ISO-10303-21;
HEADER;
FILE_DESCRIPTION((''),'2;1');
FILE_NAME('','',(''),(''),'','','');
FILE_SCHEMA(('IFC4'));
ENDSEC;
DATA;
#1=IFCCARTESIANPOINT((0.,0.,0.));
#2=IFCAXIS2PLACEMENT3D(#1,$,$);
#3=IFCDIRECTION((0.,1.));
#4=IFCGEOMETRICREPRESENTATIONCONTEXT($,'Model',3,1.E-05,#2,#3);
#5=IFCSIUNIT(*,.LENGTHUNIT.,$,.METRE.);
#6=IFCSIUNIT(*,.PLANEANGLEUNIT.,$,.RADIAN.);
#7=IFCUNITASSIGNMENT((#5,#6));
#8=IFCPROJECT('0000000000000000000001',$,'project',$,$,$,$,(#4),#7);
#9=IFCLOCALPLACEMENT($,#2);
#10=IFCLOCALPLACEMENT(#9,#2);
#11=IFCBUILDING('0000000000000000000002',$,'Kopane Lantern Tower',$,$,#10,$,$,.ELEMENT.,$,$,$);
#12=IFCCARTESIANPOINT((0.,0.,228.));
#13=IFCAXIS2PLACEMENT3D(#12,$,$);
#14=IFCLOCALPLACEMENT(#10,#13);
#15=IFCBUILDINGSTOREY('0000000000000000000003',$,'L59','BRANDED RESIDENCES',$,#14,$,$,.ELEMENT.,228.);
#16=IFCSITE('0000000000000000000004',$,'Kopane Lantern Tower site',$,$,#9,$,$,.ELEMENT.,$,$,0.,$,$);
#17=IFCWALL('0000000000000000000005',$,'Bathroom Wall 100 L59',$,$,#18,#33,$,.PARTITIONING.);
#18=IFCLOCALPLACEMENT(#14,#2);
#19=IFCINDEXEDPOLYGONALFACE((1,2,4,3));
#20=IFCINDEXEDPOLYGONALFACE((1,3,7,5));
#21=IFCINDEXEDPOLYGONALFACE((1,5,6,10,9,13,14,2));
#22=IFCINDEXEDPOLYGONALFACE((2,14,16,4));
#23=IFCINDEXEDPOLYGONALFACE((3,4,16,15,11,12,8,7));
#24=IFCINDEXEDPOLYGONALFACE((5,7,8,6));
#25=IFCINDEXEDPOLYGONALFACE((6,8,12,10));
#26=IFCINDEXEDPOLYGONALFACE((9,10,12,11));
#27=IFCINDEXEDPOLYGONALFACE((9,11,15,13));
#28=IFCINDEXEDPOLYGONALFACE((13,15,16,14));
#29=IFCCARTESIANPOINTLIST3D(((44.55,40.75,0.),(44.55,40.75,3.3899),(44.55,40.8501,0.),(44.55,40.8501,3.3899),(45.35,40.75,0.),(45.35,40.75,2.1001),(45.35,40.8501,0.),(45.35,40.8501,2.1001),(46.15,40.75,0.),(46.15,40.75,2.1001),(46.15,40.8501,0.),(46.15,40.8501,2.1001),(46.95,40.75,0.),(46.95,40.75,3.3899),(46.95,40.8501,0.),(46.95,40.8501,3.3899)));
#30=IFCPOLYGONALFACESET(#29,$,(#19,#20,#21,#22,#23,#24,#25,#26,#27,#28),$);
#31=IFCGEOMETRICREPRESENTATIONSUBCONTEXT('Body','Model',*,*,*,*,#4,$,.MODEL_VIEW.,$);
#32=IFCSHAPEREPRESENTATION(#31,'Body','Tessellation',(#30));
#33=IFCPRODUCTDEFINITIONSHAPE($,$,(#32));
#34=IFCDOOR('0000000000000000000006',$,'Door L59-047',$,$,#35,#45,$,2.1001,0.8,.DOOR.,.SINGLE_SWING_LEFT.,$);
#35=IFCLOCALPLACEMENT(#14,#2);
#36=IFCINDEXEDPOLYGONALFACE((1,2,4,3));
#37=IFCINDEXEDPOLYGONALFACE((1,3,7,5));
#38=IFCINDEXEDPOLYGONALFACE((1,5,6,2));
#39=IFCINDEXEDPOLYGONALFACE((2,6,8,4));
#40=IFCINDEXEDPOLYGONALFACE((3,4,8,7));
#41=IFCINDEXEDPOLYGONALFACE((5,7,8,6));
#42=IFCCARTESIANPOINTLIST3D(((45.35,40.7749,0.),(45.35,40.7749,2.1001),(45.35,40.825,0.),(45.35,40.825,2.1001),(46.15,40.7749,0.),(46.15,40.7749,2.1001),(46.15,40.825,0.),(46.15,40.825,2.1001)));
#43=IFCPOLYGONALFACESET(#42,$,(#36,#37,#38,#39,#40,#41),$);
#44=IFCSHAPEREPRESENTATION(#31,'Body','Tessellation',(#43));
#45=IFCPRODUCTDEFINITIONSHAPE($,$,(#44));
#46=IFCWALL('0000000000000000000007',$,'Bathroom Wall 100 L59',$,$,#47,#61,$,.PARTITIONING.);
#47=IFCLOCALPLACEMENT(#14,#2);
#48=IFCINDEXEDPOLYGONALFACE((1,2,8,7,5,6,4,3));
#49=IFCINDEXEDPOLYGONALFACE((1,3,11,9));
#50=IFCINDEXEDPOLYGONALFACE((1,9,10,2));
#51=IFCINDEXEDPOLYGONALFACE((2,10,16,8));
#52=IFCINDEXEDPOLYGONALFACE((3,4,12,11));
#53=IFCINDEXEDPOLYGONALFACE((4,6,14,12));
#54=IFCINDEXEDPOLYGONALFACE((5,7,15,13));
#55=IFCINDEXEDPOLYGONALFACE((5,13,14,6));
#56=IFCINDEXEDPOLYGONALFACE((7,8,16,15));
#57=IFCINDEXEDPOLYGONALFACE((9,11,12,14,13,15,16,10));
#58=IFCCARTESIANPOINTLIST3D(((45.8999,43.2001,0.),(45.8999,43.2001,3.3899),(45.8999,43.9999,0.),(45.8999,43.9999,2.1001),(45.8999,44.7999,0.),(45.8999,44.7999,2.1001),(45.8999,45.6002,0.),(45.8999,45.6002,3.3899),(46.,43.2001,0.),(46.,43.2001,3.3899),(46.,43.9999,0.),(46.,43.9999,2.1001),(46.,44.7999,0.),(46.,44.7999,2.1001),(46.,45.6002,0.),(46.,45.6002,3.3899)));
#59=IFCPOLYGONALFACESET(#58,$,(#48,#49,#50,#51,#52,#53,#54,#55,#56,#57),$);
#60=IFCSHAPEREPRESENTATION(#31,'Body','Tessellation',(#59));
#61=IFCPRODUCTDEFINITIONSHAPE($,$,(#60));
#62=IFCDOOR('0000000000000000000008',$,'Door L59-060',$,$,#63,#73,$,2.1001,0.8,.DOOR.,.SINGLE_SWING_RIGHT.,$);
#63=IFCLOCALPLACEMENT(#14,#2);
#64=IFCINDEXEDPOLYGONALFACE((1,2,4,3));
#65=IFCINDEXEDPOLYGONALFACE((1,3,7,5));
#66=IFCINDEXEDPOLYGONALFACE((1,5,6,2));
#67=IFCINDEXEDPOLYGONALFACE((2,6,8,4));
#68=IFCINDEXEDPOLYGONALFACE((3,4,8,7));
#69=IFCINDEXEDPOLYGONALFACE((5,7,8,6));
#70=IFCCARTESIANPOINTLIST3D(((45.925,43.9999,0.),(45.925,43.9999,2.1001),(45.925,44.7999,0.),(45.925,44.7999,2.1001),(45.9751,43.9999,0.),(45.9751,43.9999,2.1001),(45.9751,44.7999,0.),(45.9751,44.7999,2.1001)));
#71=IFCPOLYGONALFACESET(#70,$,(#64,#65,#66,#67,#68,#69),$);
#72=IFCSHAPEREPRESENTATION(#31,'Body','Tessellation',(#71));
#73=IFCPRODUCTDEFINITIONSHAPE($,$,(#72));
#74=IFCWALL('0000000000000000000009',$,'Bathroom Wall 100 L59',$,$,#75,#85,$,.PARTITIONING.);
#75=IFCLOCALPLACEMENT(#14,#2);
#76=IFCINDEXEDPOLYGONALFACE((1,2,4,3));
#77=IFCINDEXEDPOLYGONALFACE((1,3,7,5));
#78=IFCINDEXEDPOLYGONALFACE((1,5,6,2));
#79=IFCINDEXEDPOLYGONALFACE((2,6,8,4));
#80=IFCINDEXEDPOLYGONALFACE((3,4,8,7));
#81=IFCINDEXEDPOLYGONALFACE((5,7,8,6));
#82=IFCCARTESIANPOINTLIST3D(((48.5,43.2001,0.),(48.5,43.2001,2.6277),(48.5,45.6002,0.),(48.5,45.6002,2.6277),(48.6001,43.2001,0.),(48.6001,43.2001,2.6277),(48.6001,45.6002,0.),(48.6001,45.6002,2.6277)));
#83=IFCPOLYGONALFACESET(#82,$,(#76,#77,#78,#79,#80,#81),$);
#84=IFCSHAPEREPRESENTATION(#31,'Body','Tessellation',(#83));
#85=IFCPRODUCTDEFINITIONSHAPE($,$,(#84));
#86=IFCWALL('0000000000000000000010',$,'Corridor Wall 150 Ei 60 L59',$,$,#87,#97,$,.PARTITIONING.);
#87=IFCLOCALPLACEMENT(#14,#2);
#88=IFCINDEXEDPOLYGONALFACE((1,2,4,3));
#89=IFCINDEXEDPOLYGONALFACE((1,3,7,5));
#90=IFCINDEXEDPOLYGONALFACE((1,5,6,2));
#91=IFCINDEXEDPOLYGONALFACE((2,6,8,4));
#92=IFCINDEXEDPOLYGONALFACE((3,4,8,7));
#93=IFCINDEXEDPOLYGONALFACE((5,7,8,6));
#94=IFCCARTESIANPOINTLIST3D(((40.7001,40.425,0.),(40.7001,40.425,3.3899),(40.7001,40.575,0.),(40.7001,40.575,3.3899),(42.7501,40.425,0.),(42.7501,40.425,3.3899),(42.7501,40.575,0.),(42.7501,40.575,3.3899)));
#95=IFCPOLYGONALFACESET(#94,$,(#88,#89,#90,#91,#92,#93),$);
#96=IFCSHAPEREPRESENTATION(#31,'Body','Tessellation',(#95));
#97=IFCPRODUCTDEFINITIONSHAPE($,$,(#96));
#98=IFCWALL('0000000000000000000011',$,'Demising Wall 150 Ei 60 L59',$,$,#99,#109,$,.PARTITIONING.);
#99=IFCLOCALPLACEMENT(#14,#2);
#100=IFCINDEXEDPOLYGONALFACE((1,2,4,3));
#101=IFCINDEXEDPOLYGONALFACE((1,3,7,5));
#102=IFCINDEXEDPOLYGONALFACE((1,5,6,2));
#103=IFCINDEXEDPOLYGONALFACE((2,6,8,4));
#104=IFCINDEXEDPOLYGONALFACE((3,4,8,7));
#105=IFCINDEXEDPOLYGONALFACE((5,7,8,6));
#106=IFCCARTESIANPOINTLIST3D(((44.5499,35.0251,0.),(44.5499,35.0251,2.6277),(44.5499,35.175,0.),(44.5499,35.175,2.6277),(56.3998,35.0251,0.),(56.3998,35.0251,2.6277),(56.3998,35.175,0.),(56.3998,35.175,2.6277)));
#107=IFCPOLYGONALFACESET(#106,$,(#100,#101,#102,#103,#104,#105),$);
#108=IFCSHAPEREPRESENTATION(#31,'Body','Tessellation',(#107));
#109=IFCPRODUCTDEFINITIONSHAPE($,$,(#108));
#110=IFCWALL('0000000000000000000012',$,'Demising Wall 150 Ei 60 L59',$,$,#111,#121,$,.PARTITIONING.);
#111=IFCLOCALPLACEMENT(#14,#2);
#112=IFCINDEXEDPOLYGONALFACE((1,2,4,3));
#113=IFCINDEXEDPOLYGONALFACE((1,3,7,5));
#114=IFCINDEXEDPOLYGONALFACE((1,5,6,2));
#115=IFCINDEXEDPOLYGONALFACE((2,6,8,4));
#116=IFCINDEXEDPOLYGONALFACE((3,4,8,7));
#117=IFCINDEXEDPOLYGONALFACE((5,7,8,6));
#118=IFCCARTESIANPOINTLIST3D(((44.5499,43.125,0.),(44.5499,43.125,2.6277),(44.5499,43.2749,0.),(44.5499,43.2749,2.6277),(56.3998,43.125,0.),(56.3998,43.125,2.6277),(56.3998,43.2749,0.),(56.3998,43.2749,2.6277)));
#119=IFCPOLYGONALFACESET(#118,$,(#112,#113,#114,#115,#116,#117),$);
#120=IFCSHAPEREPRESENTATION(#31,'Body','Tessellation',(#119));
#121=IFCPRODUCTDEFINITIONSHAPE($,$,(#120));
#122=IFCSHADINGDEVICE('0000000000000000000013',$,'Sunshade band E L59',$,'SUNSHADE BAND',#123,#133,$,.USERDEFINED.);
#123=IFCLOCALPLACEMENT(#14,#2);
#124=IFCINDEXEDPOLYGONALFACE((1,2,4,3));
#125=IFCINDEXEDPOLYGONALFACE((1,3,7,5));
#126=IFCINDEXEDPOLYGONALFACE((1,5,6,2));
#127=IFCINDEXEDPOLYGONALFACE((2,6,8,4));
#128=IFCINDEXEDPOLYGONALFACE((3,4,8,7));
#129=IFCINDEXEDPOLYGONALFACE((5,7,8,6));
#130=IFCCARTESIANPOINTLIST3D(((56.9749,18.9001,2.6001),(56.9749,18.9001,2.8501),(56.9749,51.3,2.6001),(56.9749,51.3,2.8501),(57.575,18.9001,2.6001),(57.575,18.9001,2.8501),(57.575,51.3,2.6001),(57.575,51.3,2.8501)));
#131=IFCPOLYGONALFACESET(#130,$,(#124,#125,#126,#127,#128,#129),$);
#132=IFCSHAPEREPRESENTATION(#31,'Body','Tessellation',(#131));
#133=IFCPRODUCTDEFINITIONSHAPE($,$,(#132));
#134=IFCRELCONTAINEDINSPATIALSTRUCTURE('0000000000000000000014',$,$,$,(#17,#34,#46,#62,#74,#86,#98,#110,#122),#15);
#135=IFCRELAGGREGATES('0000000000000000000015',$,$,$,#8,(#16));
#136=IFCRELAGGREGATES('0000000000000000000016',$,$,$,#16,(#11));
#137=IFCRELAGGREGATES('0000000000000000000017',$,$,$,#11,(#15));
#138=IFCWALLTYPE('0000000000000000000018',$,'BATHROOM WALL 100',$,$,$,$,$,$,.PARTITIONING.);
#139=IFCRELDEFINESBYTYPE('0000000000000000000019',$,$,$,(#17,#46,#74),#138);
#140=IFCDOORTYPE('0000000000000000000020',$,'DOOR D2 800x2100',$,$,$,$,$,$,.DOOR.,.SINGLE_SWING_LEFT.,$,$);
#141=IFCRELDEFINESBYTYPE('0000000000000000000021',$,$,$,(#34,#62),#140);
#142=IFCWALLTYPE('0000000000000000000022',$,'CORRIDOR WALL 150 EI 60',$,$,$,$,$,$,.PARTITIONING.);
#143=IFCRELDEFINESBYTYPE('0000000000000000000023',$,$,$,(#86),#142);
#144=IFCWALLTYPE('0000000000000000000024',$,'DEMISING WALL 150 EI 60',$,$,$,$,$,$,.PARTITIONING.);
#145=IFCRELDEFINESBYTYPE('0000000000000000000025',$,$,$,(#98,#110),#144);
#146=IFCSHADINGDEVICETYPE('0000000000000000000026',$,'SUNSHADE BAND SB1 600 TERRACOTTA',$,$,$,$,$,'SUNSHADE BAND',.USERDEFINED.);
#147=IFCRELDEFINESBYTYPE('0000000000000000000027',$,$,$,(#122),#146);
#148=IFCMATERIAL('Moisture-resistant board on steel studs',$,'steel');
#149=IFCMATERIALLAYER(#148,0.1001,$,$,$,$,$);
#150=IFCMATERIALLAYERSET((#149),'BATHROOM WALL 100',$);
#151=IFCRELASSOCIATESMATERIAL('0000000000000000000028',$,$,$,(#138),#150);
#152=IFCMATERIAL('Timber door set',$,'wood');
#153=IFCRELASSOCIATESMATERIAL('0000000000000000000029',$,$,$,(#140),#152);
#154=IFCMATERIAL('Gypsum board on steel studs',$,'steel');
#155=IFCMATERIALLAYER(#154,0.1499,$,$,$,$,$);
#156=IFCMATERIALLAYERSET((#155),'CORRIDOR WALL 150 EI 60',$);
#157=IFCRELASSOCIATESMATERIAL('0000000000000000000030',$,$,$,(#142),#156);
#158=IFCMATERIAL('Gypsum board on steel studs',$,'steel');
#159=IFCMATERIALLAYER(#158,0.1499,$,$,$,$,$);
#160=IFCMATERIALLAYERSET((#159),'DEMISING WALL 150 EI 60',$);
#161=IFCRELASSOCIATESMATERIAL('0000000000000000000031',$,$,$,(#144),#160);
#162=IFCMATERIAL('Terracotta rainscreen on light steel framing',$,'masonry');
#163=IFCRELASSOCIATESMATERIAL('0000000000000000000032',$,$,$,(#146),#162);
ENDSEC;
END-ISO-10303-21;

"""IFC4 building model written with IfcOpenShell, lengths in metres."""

from ifc_helpers import new_model, si_unit, direction, frame, frame_2d, origin, origin_2d, place, context, subcontext, project, spatial, rectangle, extrude, material, layer, layer_set, type_object, element, fill, save


model = new_model("IFC4")

# Units and contexts
model_context = context("Model", 3, precision=1e-05, world=origin(), true_north=direction((0.0, 1.0)))
body_context = subcontext(model_context, "Body", "Model", "MODEL_VIEW")
ifc_project = project(units=[si_unit("LENGTHUNIT", "METRE"), si_unit("PLANEANGLEUNIT", "RADIAN")], contexts=[model_context])

# Site, building, storey
site_placement = place(None, origin())
site = spatial("IfcSite", under=ifc_project, at=site_placement, Name="Kopane Lantern Tower site", CompositionType="ELEMENT", RefElevation=0.0)
building_placement = place(site_placement, origin())
building = spatial("IfcBuilding", under=site, at=building_placement, Name="Kopane Lantern Tower", CompositionType="ELEMENT")
storey_placement = place(building_placement, frame((0.0, 0.0, 228.0)))
storey = spatial("IfcBuildingStorey", under=building, at=storey_placement, Name="L59", Description="BRANDED RESIDENCES", CompositionType="ELEMENT", Elevation=228.0)

# Walls, openings, doors
ifc_material_1 = material(Name="Moisture-resistant board on steel studs", Category="steel")
ifc_layer_1 = layer(ifc_material_1, 0.1001)
ifc_layer_set_1 = layer_set([ifc_layer_1], Name="BATHROOM WALL 100")
wall_type_1 = type_object("IfcWallType", Name="BATHROOM WALL 100", PredefinedType="PARTITIONING", material=ifc_layer_set_1)
ifc_material_2 = material(Name="Timber door set", Category="wood")
door_type_1 = type_object("IfcDoorType", Name="DOOR D2 800x2100", OperationType="SINGLE_SWING_LEFT", PredefinedType="DOOR", material=ifc_material_2)
wall_1_placement = place(storey_placement, frame((44.55, 40.8, 0.0), z_axis=(0.0, 0.0, 1.0), x_axis=(1.0, 0.0, 0.0)))
wall_1 = element("IfcWall", 1, at=wall_1_placement, inside=storey, type_object=wall_type_1, Name="Bathroom Wall 100 L59", PredefinedType="PARTITIONING", context=body_context, shape_type="SweptSolid", body=[
    extrude(rectangle(XDim=2.3999, YDim=0.1001, at=frame_2d((1.2, 0.0))), origin(), (0.0, 0.0, 1.0), 3.3899),
])
opening_1_placement = place(wall_1_placement, frame((0.8, 0.0, 0.0)))
opening_1 = element("IfcOpeningElement", 2, at=opening_1_placement, cuts=wall_1, PredefinedType="OPENING", context=body_context, shape_type="SweptSolid", body=[
    extrude(rectangle(XDim=0.8, YDim=2.1001, at=frame_2d((0.3999, 1.05))), frame((0.0, 0.0601, 0.0), z_axis=(0.0, -1.0, 0.0), x_axis=(1.0, 0.0, 0.0)), (0.0, 0.0, 1.0), 0.1201),
])
door_1_placement = place(opening_1_placement, origin())
door_1 = element("IfcDoor", 3, at=door_1_placement, inside=storey, type_object=door_type_1, Name="Door L59-047", OperationType="SINGLE_SWING_LEFT", OverallHeight=2.1001, OverallWidth=0.8, PredefinedType="DOOR", context=body_context, shape_type="SweptSolid", body=[
    extrude(rectangle(XDim=0.8, YDim=2.1001, at=frame_2d((0.3999, 1.05))), frame((0.0, 0.0249, 0.0), z_axis=(0.0, -1.0, 0.0), x_axis=(1.0, 0.0, 0.0)), (0.0, 0.0, 1.0), 0.05),
])
fill(opening_1, door_1)
wall_2_placement = place(storey_placement, frame((45.95, 43.2, 0.0), z_axis=(0.0, 0.0, 1.0), x_axis=(0.0, 1.0, 0.0)))
wall_2 = element("IfcWall", 4, at=wall_2_placement, inside=storey, type_object=wall_type_1, Name="Bathroom Wall 100 L59", PredefinedType="PARTITIONING", context=body_context, shape_type="SweptSolid", body=[
    extrude(rectangle(XDim=2.4001, YDim=0.1001, at=frame_2d((1.2002, 0.0))), origin(), (0.0, 0.0, 1.0), 3.3899),
])
opening_2_placement = place(wall_2_placement, frame((0.8, 0.0, 0.0)))
opening_2 = element("IfcOpeningElement", 5, at=opening_2_placement, cuts=wall_2, PredefinedType="OPENING", context=body_context, shape_type="SweptSolid", body=[
    extrude(rectangle(XDim=0.8, YDim=2.1001, at=frame_2d((0.3999, 1.05))), frame((0.0, 0.0601, 0.0), z_axis=(0.0, -1.0, 0.0), x_axis=(1.0, 0.0, 0.0)), (0.0, 0.0, 1.0), 0.1201),
])
door_2_placement = place(opening_2_placement, origin())
door_2 = element("IfcDoor", 6, at=door_2_placement, inside=storey, type_object=door_type_1, Name="Door L59-060", OperationType="SINGLE_SWING_RIGHT", OverallHeight=2.1001, OverallWidth=0.8, PredefinedType="DOOR", context=body_context, shape_type="SweptSolid", body=[
    extrude(rectangle(XDim=0.8, YDim=2.1001, at=frame_2d((0.3999, 1.05))), frame((0.0, 0.0249, 0.0), z_axis=(0.0, -1.0, 0.0), x_axis=(1.0, 0.0, 0.0)), (0.0, 0.0, 1.0), 0.05),
])
fill(opening_2, door_2)

# Walls
wall_3_placement = place(storey_placement, frame((48.55, 43.2, 0.0), z_axis=(0.0, 0.0, 1.0), x_axis=(0.0, 1.0, 0.0)))
element("IfcWall", 7, at=wall_3_placement, inside=storey, type_object=wall_type_1, Name="Bathroom Wall 100 L59", PredefinedType="PARTITIONING", context=body_context, shape_type="SweptSolid", body=[
    extrude(rectangle(XDim=2.4001, YDim=0.1001, at=frame_2d((1.2002, 0.0))), origin(), (0.0, 0.0, 1.0), 2.6277),
])
ifc_material_3 = material(Name="Gypsum board on steel studs", Category="steel")
ifc_layer_2 = layer(ifc_material_3, 0.1499)
ifc_layer_set_2 = layer_set([ifc_layer_2], Name="CORRIDOR WALL 150 EI 60")
wall_type_2 = type_object("IfcWallType", Name="CORRIDOR WALL 150 EI 60", PredefinedType="PARTITIONING", material=ifc_layer_set_2)
wall_4_placement = place(storey_placement, frame((42.75, 40.5, 0.0), z_axis=(0.0, 0.0, 1.0), x_axis=(-1.0, 0.0, 0.0)))
element("IfcWall", 8, at=wall_4_placement, inside=storey, type_object=wall_type_2, Name="Corridor Wall 150 Ei 60 L59", PredefinedType="PARTITIONING", context=body_context, shape_type="SweptSolid", body=[
    extrude(rectangle(XDim=2.05, YDim=0.1499, at=frame_2d((1.0249, 0.0))), origin(), (0.0, 0.0, 1.0), 3.3899),
])
ifc_material_4 = material(Name="Gypsum board on steel studs", Category="steel")
ifc_layer_3 = layer(ifc_material_4, 0.1499)
ifc_layer_set_3 = layer_set([ifc_layer_3], Name="DEMISING WALL 150 EI 60")
wall_type_3 = type_object("IfcWallType", Name="DEMISING WALL 150 EI 60", PredefinedType="PARTITIONING", material=ifc_layer_set_3)
for number, where, z_axis, x_axis, name in (
    (9, (44.55, 35.1001, 0.0), (0.0, 0.0, 1.0), (1.0, 0.0, 0.0), "Demising Wall 150 Ei 60 L59"),
    (10, (44.55, 43.2, 0.0), (0.0, 0.0, 1.0), (1.0, 0.0, 0.0), "Demising Wall 150 Ei 60 L59"),
):
    element("IfcWall", number, at=place(storey_placement, frame(where, z_axis=z_axis, x_axis=x_axis)), inside=storey, type_object=wall_type_3, Name=name, PredefinedType="PARTITIONING", context=body_context, shape_type="SweptSolid", body=[
        extrude(rectangle(XDim=11.8499, YDim=0.1499, at=frame_2d((5.9248, 0.0))), origin(), (0.0, 0.0, 1.0), 2.6277),
    ])

# Shading device
ifc_material_5 = material(Name="Terracotta rainscreen on light steel framing", Category="masonry")
shading_device_type = type_object("IfcShadingDeviceType", Name="SUNSHADE BAND SB1 600 TERRACOTTA", ElementType="SUNSHADE BAND", PredefinedType="USERDEFINED", material=ifc_material_5)
shading_device_placement = place(storey_placement, frame((57.2749, 35.1001, 2.6001), z_axis=(0.0, 0.0, 1.0), x_axis=(0.0, 1.0, 0.0)))
element("IfcShadingDevice", 11, at=shading_device_placement, inside=storey, type_object=shading_device_type, Name="Sunshade band E L59", ObjectType="SUNSHADE BAND", PredefinedType="USERDEFINED", context=body_context, shape_type="SweptSolid", body=[
    extrude(rectangle(XDim=32.3999, YDim=0.6001, at=origin_2d()), origin(), (0.0, 0.0, 1.0), 0.25),
])

save(model, "model.ifc")
